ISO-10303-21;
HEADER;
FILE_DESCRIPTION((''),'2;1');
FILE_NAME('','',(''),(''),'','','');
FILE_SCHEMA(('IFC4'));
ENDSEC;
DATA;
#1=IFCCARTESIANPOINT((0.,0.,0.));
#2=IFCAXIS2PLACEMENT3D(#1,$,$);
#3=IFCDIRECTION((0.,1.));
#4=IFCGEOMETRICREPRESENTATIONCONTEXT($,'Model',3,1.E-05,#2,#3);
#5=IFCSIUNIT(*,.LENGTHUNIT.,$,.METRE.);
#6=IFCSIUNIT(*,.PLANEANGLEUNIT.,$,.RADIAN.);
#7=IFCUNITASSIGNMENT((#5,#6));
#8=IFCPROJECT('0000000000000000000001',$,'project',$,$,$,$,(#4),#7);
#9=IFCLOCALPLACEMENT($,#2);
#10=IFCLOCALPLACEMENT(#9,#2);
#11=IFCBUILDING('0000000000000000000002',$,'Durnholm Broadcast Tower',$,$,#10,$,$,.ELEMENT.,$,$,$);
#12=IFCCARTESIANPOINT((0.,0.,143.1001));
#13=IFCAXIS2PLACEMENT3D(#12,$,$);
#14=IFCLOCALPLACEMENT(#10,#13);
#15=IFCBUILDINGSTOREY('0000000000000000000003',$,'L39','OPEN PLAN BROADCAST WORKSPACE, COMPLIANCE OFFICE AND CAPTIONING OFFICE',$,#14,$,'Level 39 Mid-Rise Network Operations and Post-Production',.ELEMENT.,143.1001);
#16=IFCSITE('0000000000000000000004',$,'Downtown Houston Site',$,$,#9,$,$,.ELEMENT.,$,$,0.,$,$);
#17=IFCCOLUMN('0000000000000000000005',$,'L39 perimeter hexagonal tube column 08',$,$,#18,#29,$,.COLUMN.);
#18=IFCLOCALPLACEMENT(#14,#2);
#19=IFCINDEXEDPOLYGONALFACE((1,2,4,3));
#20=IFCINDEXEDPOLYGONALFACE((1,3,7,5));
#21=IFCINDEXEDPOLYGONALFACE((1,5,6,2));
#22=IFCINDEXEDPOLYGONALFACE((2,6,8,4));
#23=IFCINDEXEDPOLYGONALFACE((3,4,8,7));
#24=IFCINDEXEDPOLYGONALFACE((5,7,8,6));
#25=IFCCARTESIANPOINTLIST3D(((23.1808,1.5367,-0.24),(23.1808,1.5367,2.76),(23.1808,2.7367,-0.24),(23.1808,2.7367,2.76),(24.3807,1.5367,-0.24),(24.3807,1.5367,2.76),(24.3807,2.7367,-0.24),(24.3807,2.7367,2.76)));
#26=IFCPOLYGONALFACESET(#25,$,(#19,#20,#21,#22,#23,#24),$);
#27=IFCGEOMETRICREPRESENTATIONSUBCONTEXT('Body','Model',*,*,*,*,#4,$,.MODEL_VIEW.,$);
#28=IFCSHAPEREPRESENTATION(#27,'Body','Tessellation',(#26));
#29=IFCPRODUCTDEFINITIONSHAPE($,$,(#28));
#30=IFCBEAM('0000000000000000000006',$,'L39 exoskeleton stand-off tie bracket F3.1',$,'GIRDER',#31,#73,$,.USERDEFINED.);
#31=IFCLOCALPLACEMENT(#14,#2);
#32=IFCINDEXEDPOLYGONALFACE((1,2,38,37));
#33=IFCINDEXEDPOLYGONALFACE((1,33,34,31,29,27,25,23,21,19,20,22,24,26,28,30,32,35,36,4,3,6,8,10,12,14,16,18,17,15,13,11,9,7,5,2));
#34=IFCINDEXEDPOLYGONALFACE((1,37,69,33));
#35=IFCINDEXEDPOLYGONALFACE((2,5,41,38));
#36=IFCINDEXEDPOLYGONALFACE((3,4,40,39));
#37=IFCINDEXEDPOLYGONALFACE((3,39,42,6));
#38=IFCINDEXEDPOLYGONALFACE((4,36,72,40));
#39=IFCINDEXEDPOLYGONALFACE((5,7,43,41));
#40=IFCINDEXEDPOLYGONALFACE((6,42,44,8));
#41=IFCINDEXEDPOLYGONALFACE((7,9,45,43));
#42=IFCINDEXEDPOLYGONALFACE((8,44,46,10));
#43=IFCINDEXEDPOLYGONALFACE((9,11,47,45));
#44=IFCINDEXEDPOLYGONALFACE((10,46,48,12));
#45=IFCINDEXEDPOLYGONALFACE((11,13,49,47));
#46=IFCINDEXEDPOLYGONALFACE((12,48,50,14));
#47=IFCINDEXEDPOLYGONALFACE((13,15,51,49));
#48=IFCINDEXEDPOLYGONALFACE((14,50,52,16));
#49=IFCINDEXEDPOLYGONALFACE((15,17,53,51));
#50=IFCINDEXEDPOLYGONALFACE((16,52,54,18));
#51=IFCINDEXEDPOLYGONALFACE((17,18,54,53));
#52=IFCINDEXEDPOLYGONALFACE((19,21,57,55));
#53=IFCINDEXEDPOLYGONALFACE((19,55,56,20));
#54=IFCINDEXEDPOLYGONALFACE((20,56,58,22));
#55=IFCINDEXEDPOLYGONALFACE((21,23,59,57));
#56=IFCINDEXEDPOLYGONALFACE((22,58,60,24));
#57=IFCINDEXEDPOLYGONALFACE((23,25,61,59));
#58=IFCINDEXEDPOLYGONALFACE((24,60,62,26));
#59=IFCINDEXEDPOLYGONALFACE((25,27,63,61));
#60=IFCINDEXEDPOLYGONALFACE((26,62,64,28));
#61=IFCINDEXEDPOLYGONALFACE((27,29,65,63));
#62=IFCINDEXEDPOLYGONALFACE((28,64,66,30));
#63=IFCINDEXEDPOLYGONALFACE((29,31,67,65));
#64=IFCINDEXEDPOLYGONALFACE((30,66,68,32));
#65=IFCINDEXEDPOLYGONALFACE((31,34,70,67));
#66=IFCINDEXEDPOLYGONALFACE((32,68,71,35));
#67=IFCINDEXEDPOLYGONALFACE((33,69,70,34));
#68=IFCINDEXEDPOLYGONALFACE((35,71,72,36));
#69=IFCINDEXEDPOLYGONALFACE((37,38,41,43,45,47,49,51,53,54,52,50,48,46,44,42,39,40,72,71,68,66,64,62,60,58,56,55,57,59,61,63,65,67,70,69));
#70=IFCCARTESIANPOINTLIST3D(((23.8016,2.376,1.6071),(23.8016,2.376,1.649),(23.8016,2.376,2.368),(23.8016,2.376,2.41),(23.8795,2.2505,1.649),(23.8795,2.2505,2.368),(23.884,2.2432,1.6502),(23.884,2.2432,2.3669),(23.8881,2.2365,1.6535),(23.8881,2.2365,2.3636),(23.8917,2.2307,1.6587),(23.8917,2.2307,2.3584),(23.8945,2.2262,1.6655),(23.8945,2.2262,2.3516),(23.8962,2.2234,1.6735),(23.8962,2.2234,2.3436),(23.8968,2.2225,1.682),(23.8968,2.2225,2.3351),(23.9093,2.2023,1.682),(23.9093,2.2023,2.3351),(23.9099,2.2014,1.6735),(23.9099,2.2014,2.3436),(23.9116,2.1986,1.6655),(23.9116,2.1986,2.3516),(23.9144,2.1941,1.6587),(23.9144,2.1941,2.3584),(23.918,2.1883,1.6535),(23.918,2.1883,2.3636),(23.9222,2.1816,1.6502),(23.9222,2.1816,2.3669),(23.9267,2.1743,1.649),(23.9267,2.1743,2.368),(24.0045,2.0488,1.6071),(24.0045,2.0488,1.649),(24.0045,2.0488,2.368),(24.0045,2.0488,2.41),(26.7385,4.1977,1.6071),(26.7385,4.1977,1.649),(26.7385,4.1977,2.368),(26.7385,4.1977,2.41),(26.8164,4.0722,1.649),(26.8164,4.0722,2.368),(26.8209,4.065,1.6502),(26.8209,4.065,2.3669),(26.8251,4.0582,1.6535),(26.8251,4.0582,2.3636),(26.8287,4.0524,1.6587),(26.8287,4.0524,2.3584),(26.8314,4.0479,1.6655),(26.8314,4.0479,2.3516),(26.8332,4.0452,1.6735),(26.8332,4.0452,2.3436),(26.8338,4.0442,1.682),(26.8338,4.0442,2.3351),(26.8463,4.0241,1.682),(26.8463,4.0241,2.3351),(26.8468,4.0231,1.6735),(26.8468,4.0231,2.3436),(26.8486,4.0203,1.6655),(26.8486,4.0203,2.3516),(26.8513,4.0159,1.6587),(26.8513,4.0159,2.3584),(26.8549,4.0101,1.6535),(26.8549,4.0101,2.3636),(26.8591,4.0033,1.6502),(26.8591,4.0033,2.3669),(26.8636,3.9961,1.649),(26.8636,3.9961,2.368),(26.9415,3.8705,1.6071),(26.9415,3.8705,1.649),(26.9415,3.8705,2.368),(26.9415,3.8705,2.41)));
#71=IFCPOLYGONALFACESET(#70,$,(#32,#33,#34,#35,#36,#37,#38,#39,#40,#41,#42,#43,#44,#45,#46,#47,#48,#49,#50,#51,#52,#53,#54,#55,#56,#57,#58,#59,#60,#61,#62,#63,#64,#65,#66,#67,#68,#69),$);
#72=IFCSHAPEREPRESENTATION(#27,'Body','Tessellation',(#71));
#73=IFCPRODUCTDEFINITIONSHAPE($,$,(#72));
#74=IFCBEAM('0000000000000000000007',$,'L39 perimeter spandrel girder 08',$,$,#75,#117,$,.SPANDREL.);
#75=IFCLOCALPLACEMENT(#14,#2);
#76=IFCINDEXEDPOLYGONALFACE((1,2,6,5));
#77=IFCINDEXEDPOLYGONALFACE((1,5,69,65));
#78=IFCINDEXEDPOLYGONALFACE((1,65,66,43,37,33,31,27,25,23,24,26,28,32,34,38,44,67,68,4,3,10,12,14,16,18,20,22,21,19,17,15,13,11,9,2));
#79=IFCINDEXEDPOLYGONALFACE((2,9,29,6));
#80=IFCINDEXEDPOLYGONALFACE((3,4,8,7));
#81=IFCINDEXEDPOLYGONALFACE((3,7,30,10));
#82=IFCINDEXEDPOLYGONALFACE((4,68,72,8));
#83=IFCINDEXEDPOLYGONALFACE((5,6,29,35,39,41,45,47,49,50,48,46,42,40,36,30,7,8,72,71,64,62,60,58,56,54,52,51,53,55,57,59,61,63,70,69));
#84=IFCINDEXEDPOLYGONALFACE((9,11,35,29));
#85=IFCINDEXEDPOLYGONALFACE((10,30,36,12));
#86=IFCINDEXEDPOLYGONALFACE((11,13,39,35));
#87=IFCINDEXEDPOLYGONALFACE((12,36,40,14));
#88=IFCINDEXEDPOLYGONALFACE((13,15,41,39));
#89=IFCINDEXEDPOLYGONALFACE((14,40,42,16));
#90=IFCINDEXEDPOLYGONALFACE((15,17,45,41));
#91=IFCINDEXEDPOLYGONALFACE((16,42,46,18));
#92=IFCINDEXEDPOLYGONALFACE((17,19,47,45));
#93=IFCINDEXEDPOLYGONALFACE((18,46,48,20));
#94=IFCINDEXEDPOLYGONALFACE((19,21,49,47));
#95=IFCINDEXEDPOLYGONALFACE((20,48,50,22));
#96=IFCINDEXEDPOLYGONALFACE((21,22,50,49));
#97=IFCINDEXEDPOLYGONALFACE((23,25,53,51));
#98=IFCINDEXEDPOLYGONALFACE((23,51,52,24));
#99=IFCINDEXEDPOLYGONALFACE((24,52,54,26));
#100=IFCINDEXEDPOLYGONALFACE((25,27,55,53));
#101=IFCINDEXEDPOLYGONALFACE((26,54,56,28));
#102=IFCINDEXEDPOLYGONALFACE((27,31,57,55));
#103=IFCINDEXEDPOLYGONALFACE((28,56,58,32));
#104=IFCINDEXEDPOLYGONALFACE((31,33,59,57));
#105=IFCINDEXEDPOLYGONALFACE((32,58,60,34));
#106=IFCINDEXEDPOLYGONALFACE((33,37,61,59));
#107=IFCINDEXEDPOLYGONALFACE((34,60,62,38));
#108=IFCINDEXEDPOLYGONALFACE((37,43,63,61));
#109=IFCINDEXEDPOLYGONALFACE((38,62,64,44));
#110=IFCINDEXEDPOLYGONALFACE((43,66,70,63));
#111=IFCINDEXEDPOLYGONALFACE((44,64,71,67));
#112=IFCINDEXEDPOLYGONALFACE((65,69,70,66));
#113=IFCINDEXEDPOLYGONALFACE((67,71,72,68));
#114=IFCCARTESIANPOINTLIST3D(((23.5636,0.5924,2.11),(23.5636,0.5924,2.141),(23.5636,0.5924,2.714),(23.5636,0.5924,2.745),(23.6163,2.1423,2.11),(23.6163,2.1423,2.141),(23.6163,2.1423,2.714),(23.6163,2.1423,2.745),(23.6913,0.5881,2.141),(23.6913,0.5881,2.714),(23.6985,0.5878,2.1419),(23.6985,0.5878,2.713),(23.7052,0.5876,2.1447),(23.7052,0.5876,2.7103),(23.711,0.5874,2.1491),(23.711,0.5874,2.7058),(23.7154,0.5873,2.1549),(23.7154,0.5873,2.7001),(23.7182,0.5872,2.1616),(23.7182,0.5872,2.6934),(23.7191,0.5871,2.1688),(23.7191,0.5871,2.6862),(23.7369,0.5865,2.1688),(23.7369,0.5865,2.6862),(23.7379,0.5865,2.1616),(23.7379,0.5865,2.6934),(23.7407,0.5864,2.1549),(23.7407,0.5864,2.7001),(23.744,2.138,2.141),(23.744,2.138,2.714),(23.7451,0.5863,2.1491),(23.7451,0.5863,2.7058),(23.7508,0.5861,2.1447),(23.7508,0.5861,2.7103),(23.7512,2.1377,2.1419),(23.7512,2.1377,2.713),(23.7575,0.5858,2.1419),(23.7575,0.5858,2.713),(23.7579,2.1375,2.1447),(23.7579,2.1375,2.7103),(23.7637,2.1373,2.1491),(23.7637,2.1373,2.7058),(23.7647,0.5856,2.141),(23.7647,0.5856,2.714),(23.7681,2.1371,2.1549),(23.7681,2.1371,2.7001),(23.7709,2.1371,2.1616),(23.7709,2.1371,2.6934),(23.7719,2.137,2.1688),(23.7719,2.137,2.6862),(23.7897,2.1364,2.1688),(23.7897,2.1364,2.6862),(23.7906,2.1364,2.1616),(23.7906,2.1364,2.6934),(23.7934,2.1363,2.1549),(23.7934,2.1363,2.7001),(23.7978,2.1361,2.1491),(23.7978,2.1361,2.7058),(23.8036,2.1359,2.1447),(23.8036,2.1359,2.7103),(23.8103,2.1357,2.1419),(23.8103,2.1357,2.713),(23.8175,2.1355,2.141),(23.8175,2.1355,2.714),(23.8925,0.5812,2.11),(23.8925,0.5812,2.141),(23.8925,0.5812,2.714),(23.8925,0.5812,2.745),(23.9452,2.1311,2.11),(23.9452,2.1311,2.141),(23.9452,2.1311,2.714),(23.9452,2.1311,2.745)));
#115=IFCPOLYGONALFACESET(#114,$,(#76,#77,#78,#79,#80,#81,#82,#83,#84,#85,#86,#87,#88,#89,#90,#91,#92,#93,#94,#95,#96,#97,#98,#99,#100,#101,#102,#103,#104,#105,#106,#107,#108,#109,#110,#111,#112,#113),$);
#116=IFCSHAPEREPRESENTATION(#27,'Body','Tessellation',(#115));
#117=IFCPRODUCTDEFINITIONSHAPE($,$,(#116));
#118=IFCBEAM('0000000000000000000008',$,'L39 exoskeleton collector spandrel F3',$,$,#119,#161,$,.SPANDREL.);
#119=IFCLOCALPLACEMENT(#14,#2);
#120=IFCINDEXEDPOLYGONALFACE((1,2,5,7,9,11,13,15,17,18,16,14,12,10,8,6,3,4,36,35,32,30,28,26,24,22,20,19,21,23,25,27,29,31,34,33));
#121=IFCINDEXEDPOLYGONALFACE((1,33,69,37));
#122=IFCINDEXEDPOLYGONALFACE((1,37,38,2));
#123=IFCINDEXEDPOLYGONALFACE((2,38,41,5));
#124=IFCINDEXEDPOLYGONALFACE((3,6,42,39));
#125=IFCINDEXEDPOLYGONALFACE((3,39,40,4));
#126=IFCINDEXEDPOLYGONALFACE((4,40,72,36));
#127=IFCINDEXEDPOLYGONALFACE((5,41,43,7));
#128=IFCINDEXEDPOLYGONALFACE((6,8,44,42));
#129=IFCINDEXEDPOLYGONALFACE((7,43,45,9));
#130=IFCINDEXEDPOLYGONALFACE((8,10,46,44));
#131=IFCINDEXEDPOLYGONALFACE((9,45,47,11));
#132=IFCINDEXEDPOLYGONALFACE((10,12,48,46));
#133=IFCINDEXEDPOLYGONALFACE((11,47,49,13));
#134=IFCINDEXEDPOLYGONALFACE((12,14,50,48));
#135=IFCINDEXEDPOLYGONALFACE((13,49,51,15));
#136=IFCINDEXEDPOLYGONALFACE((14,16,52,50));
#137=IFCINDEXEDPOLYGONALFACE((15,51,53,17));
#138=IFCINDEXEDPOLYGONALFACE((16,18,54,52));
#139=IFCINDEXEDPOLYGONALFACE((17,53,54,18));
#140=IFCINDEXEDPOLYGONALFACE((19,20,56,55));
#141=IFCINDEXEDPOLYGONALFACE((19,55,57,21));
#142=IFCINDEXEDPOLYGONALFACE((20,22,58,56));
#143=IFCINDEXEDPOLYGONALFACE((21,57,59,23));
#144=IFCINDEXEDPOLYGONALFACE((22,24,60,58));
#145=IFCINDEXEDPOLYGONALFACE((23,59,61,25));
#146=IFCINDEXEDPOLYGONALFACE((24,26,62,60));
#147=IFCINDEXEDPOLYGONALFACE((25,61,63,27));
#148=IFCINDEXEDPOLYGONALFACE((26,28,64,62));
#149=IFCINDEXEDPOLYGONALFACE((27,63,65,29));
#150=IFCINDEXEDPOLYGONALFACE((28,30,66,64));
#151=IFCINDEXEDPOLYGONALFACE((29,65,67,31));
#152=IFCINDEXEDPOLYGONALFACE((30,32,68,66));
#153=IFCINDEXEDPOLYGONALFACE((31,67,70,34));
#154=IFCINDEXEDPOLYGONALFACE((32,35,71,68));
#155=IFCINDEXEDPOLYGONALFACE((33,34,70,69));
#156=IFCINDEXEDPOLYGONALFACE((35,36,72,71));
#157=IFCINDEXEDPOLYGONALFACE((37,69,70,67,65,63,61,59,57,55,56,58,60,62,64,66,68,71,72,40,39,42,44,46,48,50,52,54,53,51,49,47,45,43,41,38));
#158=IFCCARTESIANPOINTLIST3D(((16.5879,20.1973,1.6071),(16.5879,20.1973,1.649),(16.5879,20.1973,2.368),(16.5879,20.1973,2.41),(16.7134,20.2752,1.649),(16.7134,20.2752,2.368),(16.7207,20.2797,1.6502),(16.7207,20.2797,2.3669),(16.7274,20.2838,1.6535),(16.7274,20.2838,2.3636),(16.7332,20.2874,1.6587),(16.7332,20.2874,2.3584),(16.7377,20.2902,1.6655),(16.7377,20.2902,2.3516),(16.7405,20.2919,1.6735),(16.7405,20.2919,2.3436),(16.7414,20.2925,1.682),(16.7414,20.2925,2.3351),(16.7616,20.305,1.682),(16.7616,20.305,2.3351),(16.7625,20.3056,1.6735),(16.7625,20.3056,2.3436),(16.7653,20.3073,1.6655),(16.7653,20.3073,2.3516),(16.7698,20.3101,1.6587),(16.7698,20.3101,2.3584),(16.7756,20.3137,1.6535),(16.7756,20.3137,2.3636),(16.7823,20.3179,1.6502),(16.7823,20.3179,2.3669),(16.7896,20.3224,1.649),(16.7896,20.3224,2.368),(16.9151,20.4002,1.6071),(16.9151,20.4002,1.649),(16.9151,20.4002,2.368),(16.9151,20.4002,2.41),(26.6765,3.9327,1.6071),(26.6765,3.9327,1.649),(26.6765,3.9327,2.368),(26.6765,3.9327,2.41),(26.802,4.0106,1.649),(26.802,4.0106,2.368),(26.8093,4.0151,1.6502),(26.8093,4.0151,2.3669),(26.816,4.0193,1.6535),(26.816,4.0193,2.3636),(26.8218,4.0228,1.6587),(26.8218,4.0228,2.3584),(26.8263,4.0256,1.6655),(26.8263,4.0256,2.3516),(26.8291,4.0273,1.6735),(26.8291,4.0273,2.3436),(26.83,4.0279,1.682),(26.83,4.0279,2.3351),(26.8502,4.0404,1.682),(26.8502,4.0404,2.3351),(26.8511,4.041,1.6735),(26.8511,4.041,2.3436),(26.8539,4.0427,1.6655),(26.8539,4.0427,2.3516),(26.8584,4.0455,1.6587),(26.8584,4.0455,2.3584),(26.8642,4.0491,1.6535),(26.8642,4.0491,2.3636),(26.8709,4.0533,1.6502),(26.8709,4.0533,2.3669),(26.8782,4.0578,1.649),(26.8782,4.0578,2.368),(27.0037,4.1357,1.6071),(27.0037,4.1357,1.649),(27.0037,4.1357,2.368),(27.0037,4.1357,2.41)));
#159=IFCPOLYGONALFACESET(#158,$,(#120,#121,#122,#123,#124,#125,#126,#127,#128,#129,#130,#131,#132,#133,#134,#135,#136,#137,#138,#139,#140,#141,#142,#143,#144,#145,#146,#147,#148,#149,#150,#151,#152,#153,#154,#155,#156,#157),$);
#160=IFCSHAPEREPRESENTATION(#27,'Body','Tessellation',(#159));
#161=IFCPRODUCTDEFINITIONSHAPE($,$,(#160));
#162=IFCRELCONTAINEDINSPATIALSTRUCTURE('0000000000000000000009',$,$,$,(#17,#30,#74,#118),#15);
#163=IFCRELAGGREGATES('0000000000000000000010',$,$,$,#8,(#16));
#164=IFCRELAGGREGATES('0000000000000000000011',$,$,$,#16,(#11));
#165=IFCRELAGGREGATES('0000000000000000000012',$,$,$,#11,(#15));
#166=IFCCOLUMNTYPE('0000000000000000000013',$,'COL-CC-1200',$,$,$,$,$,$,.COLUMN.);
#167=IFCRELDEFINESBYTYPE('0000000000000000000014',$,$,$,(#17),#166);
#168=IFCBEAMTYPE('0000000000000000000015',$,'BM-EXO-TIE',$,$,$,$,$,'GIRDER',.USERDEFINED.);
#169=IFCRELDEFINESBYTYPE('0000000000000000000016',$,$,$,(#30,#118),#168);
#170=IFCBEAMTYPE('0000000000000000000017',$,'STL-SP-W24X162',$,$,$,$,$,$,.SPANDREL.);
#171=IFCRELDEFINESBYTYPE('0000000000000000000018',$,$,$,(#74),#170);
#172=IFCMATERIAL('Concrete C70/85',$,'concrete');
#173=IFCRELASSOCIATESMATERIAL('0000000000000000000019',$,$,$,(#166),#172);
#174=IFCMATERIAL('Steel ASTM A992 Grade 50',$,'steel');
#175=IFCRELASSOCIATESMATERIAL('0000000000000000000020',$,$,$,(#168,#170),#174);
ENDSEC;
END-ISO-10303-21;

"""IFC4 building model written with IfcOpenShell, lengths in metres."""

from ifc_helpers import new_model, si_unit, direction, frame, origin, origin_2d, place, context, subcontext, project, spatial, rectangle, i_section, extrude, source, transform, mapped, material, material_profile, profile_set, type_object, type_shapes, element, save


model = new_model("IFC4")

# Units and contexts
model_context = context("Model", 3, precision=1e-05, world=origin(), true_north=direction((0.0, 1.0)))
body_context = subcontext(model_context, "Body", "Model", "MODEL_VIEW")
ifc_project = project(units=[si_unit("LENGTHUNIT", "METRE"), si_unit("PLANEANGLEUNIT", "RADIAN")], contexts=[model_context])

# Site, building, storey
site_placement = place(None, origin())
site = spatial("IfcSite", under=ifc_project, at=site_placement, Name="Downtown Houston Site", CompositionType="ELEMENT", RefElevation=0.0)
building_placement = place(site_placement, origin())
building = spatial("IfcBuilding", under=site, at=building_placement, Name="Durnholm Broadcast Tower", CompositionType="ELEMENT")
storey_placement = place(building_placement, frame((0.0, 0.0, 143.1001)))
storey = spatial("IfcBuildingStorey", under=building, at=storey_placement, Name="L39", Description="OPEN PLAN BROADCAST WORKSPACE, COMPLIANCE OFFICE AND CAPTIONING OFFICE", LongName="Level 39 Mid-Rise Network Operations and Post-Production", CompositionType="ELEMENT", Elevation=143.1001)

# Column
ifc_material_1 = material(Name="Concrete C70/85", Category="concrete")
ifc_material_profile_1 = material_profile(ifc_material_1, rectangle(XDim=1.2, YDim=1.2, at=origin_2d()), Name="RC1200X1200")
ifc_profile_set_1 = profile_set([ifc_material_profile_1], Name="Concrete C70/85")
column_type = type_object("IfcColumnType", Name="COL-CC-1200", PredefinedType="COLUMN", material=ifc_profile_set_1)
shared_shape_1 = source(origin(), body_context, "Body", "SweptSolid", [
    extrude(rectangle(XDim=1.2, YDim=1.2, at=origin_2d()), origin(), (0.0, 0.0, 1.0), 3.0),
])
type_shapes(column_type, [shared_shape_1])
column_placement = place(storey_placement, frame((23.7808, 2.1367, -0.24), z_axis=(0.0, 0.0, 1.0), x_axis=(1.0, 0.0, 0.0)))
element("IfcColumn", 1, at=column_placement, inside=storey, type_object=column_type, Name="L39 perimeter hexagonal tube column 08", PredefinedType="COLUMN", context=body_context, shape_type="MappedRepresentation", body=[
    mapped(shared_shape_1, transform((0.0, 0.0, 0.0), x_axis=(1.0, 0.0, 0.0), y_axis=(0.0, 1.0, 0.0), z_axis=(0.0, 0.0, 1.0), scale=1.0)),
])

# Beams
ifc_material_2 = material(Name="Steel ASTM A992 Grade 50", Category="steel")
ifc_material_profile_2 = material_profile(ifc_material_2, i_section(OverallWidth=0.385, OverallDepth=0.803, WebThickness=0.0237, FlangeThickness=0.042, FilletRadius=0.033, at=origin_2d()), Name="W30X261")
ifc_profile_set_2 = profile_set([ifc_material_profile_2], Name="Steel ASTM A992 Grade 50")
beam_type_1 = type_object("IfcBeamType", Name="BM-EXO-TIE", ElementType="GIRDER", PredefinedType="USERDEFINED", material=ifc_profile_set_2)
shared_shape_2 = source(origin(), body_context, "Body", "SweptSolid", [
    extrude(i_section(OverallWidth=0.385, OverallDepth=0.803, WebThickness=0.0237, FlangeThickness=0.042, FilletRadius=0.033, at=origin_2d()), origin(), (0.0, 0.0, 1.0), 3.4561),
])
beam_1_placement = place(storey_placement, frame((23.9031, 2.2124, 2.0085), z_axis=(0.849795, 0.527113, 0.0), x_axis=(-0.527113, 0.849795, 0.0)))
element("IfcBeam", 2, at=beam_1_placement, inside=storey, type_object=beam_type_1, Name="L39 exoskeleton stand-off tie bracket F3.1", ObjectType="GIRDER", PredefinedType="USERDEFINED", context=body_context, shape_type="MappedRepresentation", body=[
    mapped(shared_shape_2, transform((0.0, 0.0, 0.0), x_axis=(1.0, 0.0, 0.0), y_axis=(0.0, 1.0, 0.0), z_axis=(0.0, 0.0, 1.0), scale=1.0)),
])
ifc_material_profile_3 = material_profile(ifc_material_2, i_section(OverallWidth=0.3291, OverallDepth=0.635, WebThickness=0.0178, FlangeThickness=0.031, FilletRadius=0.0278, at=origin_2d()), Name="W24X162")
ifc_profile_set_3 = profile_set([ifc_material_profile_3], Name="Steel ASTM A992 Grade 50")
beam_type_2 = type_object("IfcBeamType", Name="STL-SP-W24X162", PredefinedType="SPANDREL", material=ifc_profile_set_3)
shared_shape_3 = source(origin(), body_context, "Body", "SweptSolid", [
    extrude(i_section(OverallWidth=0.3291, OverallDepth=0.635, WebThickness=0.0178, FlangeThickness=0.031, FilletRadius=0.0278, at=origin_2d()), origin(), (0.0, 0.0, 1.0), 1.5508),
])
type_shapes(beam_type_2, [shared_shape_3])
beam_2_placement = place(storey_placement, frame((23.7808, 2.1367, 2.4275), z_axis=(-0.034007, -0.999422, 0.0), x_axis=(0.999422, -0.034007, 0.0)))
element("IfcBeam", 3, at=beam_2_placement, inside=storey, type_object=beam_type_2, Name="L39 perimeter spandrel girder 08", PredefinedType="SPANDREL", context=body_context, shape_type="MappedRepresentation", body=[
    mapped(shared_shape_3, transform((0.0, 0.0, 0.0), x_axis=(1.0, 0.0, 0.0), y_axis=(0.0, 1.0, 0.0), z_axis=(0.0, 0.0, 1.0), scale=1.0)),
])
shared_shape_4 = source(origin(), body_context, "Body", "SweptSolid", [
    extrude(i_section(OverallWidth=0.385, OverallDepth=0.803, WebThickness=0.0237, FlangeThickness=0.042, FilletRadius=0.033, at=origin_2d()), origin(), (0.0, 0.0, 1.0), 19.1394),
])
type_shapes(beam_type_1, [shared_shape_2, shared_shape_4])
beam_3_placement = place(storey_placement, frame((26.8401, 4.0342, 2.0085), z_axis=(-0.527111, 0.849796, 0.0), x_axis=(-0.849796, -0.527111, 0.0)))
element("IfcBeam", 4, at=beam_3_placement, inside=storey, type_object=beam_type_1, Name="L39 exoskeleton collector spandrel F3", PredefinedType="SPANDREL", context=body_context, shape_type="MappedRepresentation", body=[
    mapped(shared_shape_4, transform((0.0, 0.0, 0.0), x_axis=(1.0, 0.0, 0.0), y_axis=(0.0, 1.0, 0.0), z_axis=(0.0, 0.0, 1.0), scale=1.0)),
])

save(model, "model.ifc")
